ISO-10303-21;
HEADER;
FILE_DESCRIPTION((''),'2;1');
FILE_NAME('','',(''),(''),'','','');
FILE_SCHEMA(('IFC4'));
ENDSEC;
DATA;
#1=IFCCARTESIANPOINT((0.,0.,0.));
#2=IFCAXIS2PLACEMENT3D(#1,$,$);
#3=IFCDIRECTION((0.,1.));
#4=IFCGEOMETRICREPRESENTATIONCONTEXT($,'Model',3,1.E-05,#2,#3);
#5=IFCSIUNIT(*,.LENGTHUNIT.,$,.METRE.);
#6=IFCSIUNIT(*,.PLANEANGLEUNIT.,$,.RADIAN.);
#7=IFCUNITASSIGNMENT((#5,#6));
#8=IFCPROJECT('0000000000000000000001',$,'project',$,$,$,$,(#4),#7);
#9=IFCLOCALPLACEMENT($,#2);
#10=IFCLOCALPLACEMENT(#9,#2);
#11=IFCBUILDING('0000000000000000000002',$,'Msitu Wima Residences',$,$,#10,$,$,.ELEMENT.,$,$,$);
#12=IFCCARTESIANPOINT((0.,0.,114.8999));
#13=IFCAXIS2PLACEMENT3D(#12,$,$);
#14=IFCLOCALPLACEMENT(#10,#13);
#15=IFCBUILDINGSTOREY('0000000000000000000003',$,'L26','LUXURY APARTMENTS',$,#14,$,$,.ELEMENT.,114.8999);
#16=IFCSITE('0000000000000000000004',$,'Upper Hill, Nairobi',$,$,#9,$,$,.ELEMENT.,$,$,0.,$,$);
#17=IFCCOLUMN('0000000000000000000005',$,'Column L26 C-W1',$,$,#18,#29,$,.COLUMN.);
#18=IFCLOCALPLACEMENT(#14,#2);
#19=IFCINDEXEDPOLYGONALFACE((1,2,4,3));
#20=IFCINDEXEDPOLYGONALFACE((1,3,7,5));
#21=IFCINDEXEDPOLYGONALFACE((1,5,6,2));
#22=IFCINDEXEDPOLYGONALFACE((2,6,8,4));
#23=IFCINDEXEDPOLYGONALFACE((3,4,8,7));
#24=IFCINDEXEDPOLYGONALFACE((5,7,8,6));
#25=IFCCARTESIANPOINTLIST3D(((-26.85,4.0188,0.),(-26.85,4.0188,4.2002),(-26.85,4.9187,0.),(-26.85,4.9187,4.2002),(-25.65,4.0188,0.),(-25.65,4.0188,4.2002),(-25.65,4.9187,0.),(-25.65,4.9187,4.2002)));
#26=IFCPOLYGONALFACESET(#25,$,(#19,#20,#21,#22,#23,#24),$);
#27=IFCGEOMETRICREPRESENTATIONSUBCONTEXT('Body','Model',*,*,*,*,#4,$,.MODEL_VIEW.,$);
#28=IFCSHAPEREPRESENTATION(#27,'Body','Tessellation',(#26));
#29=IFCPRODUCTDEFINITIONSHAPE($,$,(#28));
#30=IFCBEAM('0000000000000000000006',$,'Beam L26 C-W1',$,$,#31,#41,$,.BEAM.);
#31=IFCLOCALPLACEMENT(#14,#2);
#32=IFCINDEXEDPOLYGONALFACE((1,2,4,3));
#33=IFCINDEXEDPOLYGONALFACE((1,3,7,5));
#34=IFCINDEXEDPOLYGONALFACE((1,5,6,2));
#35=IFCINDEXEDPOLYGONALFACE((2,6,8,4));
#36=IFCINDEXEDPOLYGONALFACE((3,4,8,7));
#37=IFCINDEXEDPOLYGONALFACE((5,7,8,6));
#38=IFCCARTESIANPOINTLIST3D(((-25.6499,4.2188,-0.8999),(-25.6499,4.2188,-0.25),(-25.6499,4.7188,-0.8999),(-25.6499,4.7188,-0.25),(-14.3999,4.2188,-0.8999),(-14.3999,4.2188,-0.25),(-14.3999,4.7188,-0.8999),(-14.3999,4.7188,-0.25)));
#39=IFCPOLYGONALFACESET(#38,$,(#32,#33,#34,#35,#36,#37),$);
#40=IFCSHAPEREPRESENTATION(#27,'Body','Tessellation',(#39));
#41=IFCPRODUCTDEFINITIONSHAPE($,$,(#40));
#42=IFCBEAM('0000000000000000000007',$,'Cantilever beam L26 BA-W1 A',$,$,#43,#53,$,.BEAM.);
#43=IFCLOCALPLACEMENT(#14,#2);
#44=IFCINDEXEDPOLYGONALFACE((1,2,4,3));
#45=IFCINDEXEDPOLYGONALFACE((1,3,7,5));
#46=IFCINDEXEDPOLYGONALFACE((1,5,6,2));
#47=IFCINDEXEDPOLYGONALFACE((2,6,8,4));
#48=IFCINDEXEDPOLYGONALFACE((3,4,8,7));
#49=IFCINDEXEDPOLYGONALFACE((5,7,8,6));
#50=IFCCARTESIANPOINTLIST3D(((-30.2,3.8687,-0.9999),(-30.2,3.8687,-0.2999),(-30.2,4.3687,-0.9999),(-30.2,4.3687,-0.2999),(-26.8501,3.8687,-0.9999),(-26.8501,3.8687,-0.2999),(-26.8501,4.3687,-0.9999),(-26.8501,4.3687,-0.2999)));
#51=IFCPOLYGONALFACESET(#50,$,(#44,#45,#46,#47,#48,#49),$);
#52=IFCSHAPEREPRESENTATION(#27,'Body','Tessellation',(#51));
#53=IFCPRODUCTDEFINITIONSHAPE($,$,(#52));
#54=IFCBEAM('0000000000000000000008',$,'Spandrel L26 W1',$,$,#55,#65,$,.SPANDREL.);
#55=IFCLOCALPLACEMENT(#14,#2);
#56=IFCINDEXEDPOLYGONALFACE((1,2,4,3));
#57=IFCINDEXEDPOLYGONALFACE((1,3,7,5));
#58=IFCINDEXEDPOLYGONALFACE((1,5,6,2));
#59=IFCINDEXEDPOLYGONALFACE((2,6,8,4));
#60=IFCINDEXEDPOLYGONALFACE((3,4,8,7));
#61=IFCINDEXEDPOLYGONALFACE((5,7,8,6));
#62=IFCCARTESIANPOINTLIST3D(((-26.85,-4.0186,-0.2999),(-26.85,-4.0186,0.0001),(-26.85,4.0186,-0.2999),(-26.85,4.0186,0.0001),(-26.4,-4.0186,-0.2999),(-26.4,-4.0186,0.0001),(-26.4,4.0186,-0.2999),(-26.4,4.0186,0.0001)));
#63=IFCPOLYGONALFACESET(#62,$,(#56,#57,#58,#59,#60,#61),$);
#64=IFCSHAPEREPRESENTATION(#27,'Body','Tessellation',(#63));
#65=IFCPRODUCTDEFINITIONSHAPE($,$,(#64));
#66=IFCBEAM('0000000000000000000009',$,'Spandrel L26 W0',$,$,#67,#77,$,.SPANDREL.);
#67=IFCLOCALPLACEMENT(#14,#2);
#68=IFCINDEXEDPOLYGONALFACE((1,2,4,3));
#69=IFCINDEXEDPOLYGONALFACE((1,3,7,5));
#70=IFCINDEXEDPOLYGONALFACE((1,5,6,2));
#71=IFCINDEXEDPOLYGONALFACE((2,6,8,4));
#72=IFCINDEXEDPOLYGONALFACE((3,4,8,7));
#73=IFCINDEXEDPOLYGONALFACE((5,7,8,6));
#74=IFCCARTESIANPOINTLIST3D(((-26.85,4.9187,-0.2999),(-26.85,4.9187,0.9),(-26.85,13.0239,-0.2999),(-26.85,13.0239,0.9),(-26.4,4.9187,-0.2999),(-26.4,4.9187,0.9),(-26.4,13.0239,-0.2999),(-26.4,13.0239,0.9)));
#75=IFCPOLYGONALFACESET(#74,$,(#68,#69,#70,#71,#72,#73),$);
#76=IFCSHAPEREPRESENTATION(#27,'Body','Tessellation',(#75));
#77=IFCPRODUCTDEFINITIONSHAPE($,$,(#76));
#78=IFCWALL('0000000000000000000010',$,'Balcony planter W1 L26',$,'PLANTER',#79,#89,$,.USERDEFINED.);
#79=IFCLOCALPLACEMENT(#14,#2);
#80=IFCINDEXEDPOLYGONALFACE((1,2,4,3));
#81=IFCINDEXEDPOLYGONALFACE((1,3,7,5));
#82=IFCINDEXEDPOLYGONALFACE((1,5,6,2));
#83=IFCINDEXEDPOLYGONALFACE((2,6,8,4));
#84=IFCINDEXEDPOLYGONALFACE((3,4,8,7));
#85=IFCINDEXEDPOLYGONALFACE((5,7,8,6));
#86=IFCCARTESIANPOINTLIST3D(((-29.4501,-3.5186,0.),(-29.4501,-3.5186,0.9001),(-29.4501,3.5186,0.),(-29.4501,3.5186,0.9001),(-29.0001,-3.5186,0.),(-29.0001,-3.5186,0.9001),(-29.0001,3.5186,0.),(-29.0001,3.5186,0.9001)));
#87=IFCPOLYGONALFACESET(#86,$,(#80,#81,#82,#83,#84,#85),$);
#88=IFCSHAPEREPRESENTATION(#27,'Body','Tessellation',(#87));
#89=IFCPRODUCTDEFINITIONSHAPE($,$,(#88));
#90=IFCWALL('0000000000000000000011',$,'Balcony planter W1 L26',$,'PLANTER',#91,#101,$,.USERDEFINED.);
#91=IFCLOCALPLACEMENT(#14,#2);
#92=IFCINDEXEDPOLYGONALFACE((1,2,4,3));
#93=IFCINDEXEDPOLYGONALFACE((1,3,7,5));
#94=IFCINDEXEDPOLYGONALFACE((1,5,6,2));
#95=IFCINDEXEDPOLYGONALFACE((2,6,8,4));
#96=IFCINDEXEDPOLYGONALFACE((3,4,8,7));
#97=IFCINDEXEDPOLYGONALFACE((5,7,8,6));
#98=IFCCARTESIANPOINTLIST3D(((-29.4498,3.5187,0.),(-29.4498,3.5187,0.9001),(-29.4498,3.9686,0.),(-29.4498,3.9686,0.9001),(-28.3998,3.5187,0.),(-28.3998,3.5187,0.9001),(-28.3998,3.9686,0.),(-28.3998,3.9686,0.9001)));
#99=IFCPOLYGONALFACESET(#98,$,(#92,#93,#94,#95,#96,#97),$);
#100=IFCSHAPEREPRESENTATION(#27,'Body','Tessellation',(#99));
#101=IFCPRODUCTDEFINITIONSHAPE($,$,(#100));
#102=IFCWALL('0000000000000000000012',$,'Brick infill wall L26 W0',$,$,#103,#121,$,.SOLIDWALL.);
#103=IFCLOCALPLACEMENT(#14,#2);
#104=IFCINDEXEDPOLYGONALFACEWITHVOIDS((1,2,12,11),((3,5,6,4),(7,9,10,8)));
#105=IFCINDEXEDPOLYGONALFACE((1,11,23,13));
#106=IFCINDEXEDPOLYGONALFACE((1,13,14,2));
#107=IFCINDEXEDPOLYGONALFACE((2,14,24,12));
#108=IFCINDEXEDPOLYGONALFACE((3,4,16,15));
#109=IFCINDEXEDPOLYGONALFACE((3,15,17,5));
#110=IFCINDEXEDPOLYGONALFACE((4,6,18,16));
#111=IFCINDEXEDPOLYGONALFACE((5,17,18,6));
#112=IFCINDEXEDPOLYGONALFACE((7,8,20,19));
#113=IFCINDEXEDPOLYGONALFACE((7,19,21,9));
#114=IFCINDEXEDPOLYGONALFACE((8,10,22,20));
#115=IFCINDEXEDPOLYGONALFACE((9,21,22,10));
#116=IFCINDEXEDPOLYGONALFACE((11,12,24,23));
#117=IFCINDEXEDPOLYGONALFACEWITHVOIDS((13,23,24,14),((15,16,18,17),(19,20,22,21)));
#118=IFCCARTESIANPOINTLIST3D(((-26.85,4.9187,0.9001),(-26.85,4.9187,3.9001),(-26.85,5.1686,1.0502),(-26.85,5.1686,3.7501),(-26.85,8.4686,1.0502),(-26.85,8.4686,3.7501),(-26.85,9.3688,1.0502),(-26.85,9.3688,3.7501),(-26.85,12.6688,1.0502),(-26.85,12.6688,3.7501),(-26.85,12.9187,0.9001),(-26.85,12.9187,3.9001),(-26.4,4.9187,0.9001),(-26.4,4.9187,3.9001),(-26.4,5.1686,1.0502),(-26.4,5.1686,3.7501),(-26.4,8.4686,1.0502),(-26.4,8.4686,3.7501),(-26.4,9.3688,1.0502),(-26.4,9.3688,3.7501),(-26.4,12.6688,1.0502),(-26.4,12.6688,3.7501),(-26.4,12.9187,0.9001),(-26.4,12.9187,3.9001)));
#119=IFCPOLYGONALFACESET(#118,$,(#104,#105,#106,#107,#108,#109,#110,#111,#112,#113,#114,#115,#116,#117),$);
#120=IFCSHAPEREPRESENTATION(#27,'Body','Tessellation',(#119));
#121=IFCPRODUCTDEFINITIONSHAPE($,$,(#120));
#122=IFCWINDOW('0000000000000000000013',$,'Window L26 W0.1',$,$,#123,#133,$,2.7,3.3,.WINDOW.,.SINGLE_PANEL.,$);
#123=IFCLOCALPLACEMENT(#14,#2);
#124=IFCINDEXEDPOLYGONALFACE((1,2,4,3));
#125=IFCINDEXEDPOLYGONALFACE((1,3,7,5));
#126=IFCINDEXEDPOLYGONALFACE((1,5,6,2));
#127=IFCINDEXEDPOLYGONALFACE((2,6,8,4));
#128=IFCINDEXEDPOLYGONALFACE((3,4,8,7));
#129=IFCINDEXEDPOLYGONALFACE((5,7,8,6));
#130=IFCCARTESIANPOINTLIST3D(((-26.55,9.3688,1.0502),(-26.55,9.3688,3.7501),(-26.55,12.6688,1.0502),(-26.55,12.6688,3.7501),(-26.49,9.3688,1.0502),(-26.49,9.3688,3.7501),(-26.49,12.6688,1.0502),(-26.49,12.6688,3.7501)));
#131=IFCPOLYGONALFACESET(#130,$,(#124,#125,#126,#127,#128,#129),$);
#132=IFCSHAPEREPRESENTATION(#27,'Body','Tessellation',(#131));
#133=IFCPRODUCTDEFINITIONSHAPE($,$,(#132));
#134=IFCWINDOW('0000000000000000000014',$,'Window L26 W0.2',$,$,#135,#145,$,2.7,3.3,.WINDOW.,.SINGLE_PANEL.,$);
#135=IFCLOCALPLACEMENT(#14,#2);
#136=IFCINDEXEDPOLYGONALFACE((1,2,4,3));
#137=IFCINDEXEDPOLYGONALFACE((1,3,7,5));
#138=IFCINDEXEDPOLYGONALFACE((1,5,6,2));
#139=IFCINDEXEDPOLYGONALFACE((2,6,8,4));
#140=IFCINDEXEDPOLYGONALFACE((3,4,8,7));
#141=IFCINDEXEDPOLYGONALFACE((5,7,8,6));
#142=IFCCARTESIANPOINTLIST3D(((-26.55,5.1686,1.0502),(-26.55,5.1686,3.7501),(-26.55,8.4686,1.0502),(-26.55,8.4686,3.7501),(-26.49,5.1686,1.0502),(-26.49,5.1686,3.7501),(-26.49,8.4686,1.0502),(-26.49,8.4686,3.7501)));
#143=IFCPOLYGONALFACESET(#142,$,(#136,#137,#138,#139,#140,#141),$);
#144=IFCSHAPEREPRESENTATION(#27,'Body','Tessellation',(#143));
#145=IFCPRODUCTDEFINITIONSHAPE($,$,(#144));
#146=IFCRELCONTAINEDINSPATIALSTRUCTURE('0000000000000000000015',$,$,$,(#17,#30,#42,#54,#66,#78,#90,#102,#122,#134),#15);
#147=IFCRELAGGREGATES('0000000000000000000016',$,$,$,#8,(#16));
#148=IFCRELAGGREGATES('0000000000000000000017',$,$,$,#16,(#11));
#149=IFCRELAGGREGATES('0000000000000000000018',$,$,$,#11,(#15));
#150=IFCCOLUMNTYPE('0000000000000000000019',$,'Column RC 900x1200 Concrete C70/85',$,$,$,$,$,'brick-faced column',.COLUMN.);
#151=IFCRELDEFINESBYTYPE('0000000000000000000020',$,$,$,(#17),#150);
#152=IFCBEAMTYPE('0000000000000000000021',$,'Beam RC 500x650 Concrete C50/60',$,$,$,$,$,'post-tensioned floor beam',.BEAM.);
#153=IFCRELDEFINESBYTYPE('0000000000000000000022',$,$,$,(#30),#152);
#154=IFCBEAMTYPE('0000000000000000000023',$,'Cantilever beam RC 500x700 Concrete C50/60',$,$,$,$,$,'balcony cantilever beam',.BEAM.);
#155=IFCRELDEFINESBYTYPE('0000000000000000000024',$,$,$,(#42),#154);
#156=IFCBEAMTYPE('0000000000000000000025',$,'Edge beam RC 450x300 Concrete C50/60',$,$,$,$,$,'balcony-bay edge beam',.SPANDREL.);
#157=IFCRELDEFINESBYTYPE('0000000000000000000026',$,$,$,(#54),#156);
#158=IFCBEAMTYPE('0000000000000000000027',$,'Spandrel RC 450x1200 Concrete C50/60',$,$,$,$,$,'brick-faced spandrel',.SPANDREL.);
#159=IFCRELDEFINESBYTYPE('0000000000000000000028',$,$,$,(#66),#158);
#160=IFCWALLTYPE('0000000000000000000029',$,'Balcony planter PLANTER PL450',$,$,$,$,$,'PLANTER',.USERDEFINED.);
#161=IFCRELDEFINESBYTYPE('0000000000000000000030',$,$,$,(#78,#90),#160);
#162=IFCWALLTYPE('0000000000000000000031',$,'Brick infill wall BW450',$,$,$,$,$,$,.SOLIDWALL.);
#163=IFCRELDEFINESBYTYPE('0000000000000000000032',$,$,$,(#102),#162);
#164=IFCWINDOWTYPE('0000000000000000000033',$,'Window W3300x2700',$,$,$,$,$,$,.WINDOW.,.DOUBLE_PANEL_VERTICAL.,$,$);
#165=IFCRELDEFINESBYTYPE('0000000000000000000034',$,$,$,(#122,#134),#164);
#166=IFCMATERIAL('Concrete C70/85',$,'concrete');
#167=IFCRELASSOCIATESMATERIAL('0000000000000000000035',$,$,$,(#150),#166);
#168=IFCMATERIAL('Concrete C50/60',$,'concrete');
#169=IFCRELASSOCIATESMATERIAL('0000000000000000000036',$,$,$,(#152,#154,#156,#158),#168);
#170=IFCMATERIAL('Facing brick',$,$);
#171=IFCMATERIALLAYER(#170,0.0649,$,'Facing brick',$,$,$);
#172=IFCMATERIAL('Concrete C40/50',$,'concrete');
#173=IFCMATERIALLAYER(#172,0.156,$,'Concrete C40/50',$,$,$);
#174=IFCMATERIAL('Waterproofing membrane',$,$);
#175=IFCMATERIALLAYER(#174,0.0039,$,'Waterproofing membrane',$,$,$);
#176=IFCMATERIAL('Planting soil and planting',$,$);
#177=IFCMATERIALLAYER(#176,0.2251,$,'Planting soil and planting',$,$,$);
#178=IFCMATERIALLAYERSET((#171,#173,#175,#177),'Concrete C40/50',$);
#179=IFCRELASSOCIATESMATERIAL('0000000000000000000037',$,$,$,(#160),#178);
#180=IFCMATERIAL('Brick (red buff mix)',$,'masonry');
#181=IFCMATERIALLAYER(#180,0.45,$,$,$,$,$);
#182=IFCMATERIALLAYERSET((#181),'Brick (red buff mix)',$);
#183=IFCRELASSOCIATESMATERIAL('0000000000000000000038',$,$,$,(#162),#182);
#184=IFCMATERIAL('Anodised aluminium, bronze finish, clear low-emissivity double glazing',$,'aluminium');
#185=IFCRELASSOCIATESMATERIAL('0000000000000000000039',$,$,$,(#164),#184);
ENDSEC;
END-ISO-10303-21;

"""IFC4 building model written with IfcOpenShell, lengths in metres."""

from ifc_helpers import new_model, si_unit, direction, frame, frame_2d, origin, origin_2d, place, context, subcontext, project, spatial, rectangle, extrude, material, layer, layer_set, material_profile, profile_set, type_object, element, fill, save


model = new_model("IFC4")

# Units and contexts
model_context = context("Model", 3, precision=1e-05, world=origin(), true_north=direction((0.0, 1.0)))
body_context = subcontext(model_context, "Body", "Model", "MODEL_VIEW")
ifc_project = project(units=[si_unit("LENGTHUNIT", "METRE"), si_unit("PLANEANGLEUNIT", "RADIAN")], contexts=[model_context])

# Site, building, storey
site_placement = place(None, origin())
site = spatial("IfcSite", under=ifc_project, at=site_placement, Name="Upper Hill, Nairobi", CompositionType="ELEMENT", RefElevation=0.0)
building_placement = place(site_placement, origin())
building = spatial("IfcBuilding", under=site, at=building_placement, Name="Msitu Wima Residences", CompositionType="ELEMENT")
storey_placement = place(building_placement, frame((0.0, 0.0, 114.8999)))
storey = spatial("IfcBuildingStorey", under=building, at=storey_placement, Name="L26", Description="LUXURY APARTMENTS", CompositionType="ELEMENT", Elevation=114.8999)

# Column
ifc_material_1 = material(Name="Concrete C70/85", Category="concrete")
ifc_material_profile_1 = material_profile(ifc_material_1, rectangle(XDim=0.8999, YDim=1.2, at=origin_2d()), Name="RC 900x1200")
ifc_profile_set_1 = profile_set([ifc_material_profile_1], Name="Concrete C70/85")
column_type = type_object("IfcColumnType", Name="Column RC 900x1200 Concrete C70/85", ElementType="brick-faced column", PredefinedType="COLUMN", material=ifc_profile_set_1)
column_placement = place(storey_placement, frame((-26.25, 4.4688, 0.0), z_axis=(0.0, 0.0, 1.0), x_axis=(0.0, -1.0, 0.0)))
element("IfcColumn", 1, at=column_placement, inside=storey, type_object=column_type, Name="Column L26 C-W1", PredefinedType="COLUMN", context=body_context, shape_type="SweptSolid", body=[
    extrude(rectangle(XDim=0.8999, YDim=1.2, at=origin_2d()), origin(), (0.0, 0.0, 1.0), 4.2002),
])

# Beams
ifc_material_2 = material(Name="Concrete C50/60", Category="concrete")
ifc_material_profile_2 = material_profile(ifc_material_2, rectangle(XDim=0.5, YDim=0.6499, at=origin_2d()), Name="RC 500x650")
ifc_profile_set_2 = profile_set([ifc_material_profile_2], Name="Concrete C50/60")
beam_type_1 = type_object("IfcBeamType", Name="Beam RC 500x650 Concrete C50/60", ElementType="post-tensioned floor beam", PredefinedType="BEAM", material=ifc_profile_set_2)
beam_1_placement = place(storey_placement, frame((-25.6499, 4.4688, -0.575), z_axis=(1.0, 0.0, 0.0), x_axis=(0.0, 1.0, 0.0)))
element("IfcBeam", 2, at=beam_1_placement, inside=storey, type_object=beam_type_1, Name="Beam L26 C-W1", PredefinedType="BEAM", context=body_context, shape_type="SweptSolid", body=[
    extrude(rectangle(XDim=0.5, YDim=0.6499, at=origin_2d()), origin(), (0.0, 0.0, 1.0), 11.25),
])
ifc_material_profile_3 = material_profile(ifc_material_2, rectangle(XDim=0.5, YDim=0.7, at=origin_2d()), Name="RC 500x700")
ifc_profile_set_3 = profile_set([ifc_material_profile_3], Name="Concrete C50/60")
beam_type_2 = type_object("IfcBeamType", Name="Cantilever beam RC 500x700 Concrete C50/60", ElementType="balcony cantilever beam", PredefinedType="BEAM", material=ifc_profile_set_3)
beam_2_placement = place(storey_placement, frame((-26.8501, 4.1187, -0.6499), z_axis=(-1.0, 0.0, 0.0), x_axis=(0.0, -1.0, 0.0)))
element("IfcBeam", 3, at=beam_2_placement, inside=storey, type_object=beam_type_2, Name="Cantilever beam L26 BA-W1 A", PredefinedType="BEAM", context=body_context, shape_type="SweptSolid", body=[
    extrude(rectangle(XDim=0.5, YDim=0.7, at=origin_2d()), origin(), (0.0, 0.0, 1.0), 3.3499),
])
ifc_material_profile_4 = material_profile(ifc_material_2, rectangle(XDim=0.45, YDim=0.3, at=origin_2d()), Name="RC 450x300")
ifc_profile_set_4 = profile_set([ifc_material_profile_4], Name="Concrete C50/60")
beam_type_3 = type_object("IfcBeamType", Name="Edge beam RC 450x300 Concrete C50/60", ElementType="balcony-bay edge beam", PredefinedType="SPANDREL", material=ifc_profile_set_4)
beam_3_placement = place(storey_placement, frame((-26.625, 4.0186, -0.1499), z_axis=(0.0, -1.0, 0.0), x_axis=(1.0, 0.0, 0.0)))
element("IfcBeam", 4, at=beam_3_placement, inside=storey, type_object=beam_type_3, Name="Spandrel L26 W1", PredefinedType="SPANDREL", context=body_context, shape_type="SweptSolid", body=[
    extrude(rectangle(XDim=0.45, YDim=0.3, at=origin_2d()), origin(), (0.0, 0.0, 1.0), 8.0371),
])
ifc_material_profile_5 = material_profile(ifc_material_2, rectangle(XDim=0.45, YDim=1.2, at=origin_2d()), Name="RC 450x1200")
ifc_profile_set_5 = profile_set([ifc_material_profile_5], Name="Concrete C50/60")
beam_type_4 = type_object("IfcBeamType", Name="Spandrel RC 450x1200 Concrete C50/60", ElementType="brick-faced spandrel", PredefinedType="SPANDREL", material=ifc_profile_set_5)
beam_4_placement = place(storey_placement, frame((-26.625, 13.0239, 0.3), z_axis=(0.0, -1.0, 0.0), x_axis=(1.0, 0.0, 0.0)))
element("IfcBeam", 5, at=beam_4_placement, inside=storey, type_object=beam_type_4, Name="Spandrel L26 W0", PredefinedType="SPANDREL", context=body_context, shape_type="SweptSolid", body=[
    extrude(rectangle(XDim=0.45, YDim=1.2, at=origin_2d()), origin(), (0.0, 0.0, 1.0), 8.1052),
])

# Walls
ifc_material_3 = material(Name="Facing brick")
ifc_layer_1 = layer(ifc_material_3, 0.0649, Name="Facing brick")
ifc_material_4 = material(Name="Concrete C40/50", Category="concrete")
ifc_layer_2 = layer(ifc_material_4, 0.156, Name="Concrete C40/50")
ifc_material_5 = material(Name="Waterproofing membrane")
ifc_layer_3 = layer(ifc_material_5, 0.0039, Name="Waterproofing membrane")
ifc_material_6 = material(Name="Planting soil and planting")
ifc_layer_4 = layer(ifc_material_6, 0.2251, Name="Planting soil and planting")
ifc_layer_set_1 = layer_set([ifc_layer_1, ifc_layer_2, ifc_layer_3, ifc_layer_4], Name="Concrete C40/50")
wall_type_1 = type_object("IfcWallType", Name="Balcony planter PLANTER PL450", ElementType="PLANTER", PredefinedType="USERDEFINED", material=ifc_layer_set_1)
wall_1_placement = place(storey_placement, frame((-29.2251, 3.5186, 0.0), z_axis=(0.0, 0.0, 1.0), x_axis=(0.0, -1.0, 0.0)))
element("IfcWall", 6, at=wall_1_placement, inside=storey, type_object=wall_type_1, Name="Balcony planter W1 L26", ObjectType="PLANTER", PredefinedType="USERDEFINED", context=body_context, shape_type="SweptSolid", body=[
    extrude(rectangle(XDim=7.0371, YDim=0.45, at=frame_2d((3.5186, 0.0))), origin(), (0.0, 0.0, 1.0), 0.9001),
])
wall_2_placement = place(storey_placement, frame((-28.3999, 3.7437, 0.0), z_axis=(0.0, 0.0, 1.0), x_axis=(-1.0, 0.0, 0.0)))
element("IfcWall", 7, at=wall_2_placement, inside=storey, type_object=wall_type_1, Name="Balcony planter W1 L26", ObjectType="PLANTER", PredefinedType="USERDEFINED", context=body_context, shape_type="SweptSolid", body=[
    extrude(rectangle(XDim=1.05, YDim=0.45, at=frame_2d((0.5249, 0.0))), origin(), (0.0, 0.0, 1.0), 0.9001),
])

# Wall, openings, windows
ifc_material_7 = material(Name="Brick (red buff mix)", Category="masonry")
ifc_layer_5 = layer(ifc_material_7, 0.45)
ifc_layer_set_2 = layer_set([ifc_layer_5], Name="Brick (red buff mix)")
wall_type_2 = type_object("IfcWallType", Name="Brick infill wall BW450", PredefinedType="SOLIDWALL", material=ifc_layer_set_2)
wall_3_placement = place(storey_placement, frame((-26.625, 12.9187, 0.9001), z_axis=(0.0, 0.0, 1.0), x_axis=(0.0, -1.0, 0.0)))
wall_3 = element("IfcWall", 8, at=wall_3_placement, inside=storey, type_object=wall_type_2, Name="Brick infill wall L26 W0", PredefinedType="SOLIDWALL", context=body_context, shape_type="SweptSolid", body=[
    extrude(rectangle(XDim=8.0, YDim=0.45, at=frame_2d((4.0, 0.0))), origin(), (0.0, 0.0, 1.0), 3.0),
])
opening_1_placement = place(wall_3_placement, frame((0.25, 0.0, 0.1499)))
opening_1 = element("IfcOpeningElement", 9, at=opening_1_placement, cuts=wall_3, PredefinedType="OPENING", context=body_context, shape_type="SweptSolid", body=[
    extrude(rectangle(XDim=3.3, YDim=2.7, at=frame_2d((1.6499, 1.3501))), frame((0.0, 0.2349, 0.0), z_axis=(0.0, -1.0, 0.0), x_axis=(1.0, 0.0, 0.0)), (0.0, 0.0, 1.0), 0.47),
])
opening_2_placement = place(wall_3_placement, frame((4.4502, 0.0, 0.1499)))
opening_2 = element("IfcOpeningElement", 10, at=opening_2_placement, cuts=wall_3, PredefinedType="OPENING", context=body_context, shape_type="SweptSolid", body=[
    extrude(rectangle(XDim=3.3, YDim=2.7, at=frame_2d((1.6499, 1.3501))), frame((0.0, 0.2349, 0.0), z_axis=(0.0, -1.0, 0.0), x_axis=(1.0, 0.0, 0.0)), (0.0, 0.0, 1.0), 0.47),
])
ifc_material_8 = material(Name="Anodised aluminium, bronze finish, clear low-emissivity double glazing", Category="aluminium")
window_type = type_object("IfcWindowType", Name="Window W3300x2700", PartitioningType="DOUBLE_PANEL_VERTICAL", PredefinedType="WINDOW", material=ifc_material_8)
window_1_placement = place(opening_1_placement, origin())
window_1 = element("IfcWindow", 11, at=window_1_placement, inside=storey, type_object=window_type, Name="Window L26 W0.1", OverallHeight=2.7, OverallWidth=3.3, PartitioningType="SINGLE_PANEL", PredefinedType="WINDOW", context=body_context, shape_type="SweptSolid", body=[
    extrude(rectangle(XDim=3.3, YDim=2.7, at=frame_2d((1.6499, 1.3501))), frame((0.0, 0.135, 0.0), z_axis=(0.0, -1.0, 0.0), x_axis=(1.0, 0.0, 0.0)), (0.0, 0.0, 1.0), 0.0601),
])
fill(opening_1, window_1)
window_2_placement = place(opening_2_placement, origin())
window_2 = element("IfcWindow", 12, at=window_2_placement, inside=storey, type_object=window_type, Name="Window L26 W0.2", OverallHeight=2.7, OverallWidth=3.3, PartitioningType="SINGLE_PANEL", PredefinedType="WINDOW", context=body_context, shape_type="SweptSolid", body=[
    extrude(rectangle(XDim=3.3, YDim=2.7, at=frame_2d((1.6499, 1.3501))), frame((0.0, 0.135, 0.0), z_axis=(0.0, -1.0, 0.0), x_axis=(1.0, 0.0, 0.0)), (0.0, 0.0, 1.0), 0.0601),
])
fill(opening_2, window_2)

save(model, "model.ifc")
